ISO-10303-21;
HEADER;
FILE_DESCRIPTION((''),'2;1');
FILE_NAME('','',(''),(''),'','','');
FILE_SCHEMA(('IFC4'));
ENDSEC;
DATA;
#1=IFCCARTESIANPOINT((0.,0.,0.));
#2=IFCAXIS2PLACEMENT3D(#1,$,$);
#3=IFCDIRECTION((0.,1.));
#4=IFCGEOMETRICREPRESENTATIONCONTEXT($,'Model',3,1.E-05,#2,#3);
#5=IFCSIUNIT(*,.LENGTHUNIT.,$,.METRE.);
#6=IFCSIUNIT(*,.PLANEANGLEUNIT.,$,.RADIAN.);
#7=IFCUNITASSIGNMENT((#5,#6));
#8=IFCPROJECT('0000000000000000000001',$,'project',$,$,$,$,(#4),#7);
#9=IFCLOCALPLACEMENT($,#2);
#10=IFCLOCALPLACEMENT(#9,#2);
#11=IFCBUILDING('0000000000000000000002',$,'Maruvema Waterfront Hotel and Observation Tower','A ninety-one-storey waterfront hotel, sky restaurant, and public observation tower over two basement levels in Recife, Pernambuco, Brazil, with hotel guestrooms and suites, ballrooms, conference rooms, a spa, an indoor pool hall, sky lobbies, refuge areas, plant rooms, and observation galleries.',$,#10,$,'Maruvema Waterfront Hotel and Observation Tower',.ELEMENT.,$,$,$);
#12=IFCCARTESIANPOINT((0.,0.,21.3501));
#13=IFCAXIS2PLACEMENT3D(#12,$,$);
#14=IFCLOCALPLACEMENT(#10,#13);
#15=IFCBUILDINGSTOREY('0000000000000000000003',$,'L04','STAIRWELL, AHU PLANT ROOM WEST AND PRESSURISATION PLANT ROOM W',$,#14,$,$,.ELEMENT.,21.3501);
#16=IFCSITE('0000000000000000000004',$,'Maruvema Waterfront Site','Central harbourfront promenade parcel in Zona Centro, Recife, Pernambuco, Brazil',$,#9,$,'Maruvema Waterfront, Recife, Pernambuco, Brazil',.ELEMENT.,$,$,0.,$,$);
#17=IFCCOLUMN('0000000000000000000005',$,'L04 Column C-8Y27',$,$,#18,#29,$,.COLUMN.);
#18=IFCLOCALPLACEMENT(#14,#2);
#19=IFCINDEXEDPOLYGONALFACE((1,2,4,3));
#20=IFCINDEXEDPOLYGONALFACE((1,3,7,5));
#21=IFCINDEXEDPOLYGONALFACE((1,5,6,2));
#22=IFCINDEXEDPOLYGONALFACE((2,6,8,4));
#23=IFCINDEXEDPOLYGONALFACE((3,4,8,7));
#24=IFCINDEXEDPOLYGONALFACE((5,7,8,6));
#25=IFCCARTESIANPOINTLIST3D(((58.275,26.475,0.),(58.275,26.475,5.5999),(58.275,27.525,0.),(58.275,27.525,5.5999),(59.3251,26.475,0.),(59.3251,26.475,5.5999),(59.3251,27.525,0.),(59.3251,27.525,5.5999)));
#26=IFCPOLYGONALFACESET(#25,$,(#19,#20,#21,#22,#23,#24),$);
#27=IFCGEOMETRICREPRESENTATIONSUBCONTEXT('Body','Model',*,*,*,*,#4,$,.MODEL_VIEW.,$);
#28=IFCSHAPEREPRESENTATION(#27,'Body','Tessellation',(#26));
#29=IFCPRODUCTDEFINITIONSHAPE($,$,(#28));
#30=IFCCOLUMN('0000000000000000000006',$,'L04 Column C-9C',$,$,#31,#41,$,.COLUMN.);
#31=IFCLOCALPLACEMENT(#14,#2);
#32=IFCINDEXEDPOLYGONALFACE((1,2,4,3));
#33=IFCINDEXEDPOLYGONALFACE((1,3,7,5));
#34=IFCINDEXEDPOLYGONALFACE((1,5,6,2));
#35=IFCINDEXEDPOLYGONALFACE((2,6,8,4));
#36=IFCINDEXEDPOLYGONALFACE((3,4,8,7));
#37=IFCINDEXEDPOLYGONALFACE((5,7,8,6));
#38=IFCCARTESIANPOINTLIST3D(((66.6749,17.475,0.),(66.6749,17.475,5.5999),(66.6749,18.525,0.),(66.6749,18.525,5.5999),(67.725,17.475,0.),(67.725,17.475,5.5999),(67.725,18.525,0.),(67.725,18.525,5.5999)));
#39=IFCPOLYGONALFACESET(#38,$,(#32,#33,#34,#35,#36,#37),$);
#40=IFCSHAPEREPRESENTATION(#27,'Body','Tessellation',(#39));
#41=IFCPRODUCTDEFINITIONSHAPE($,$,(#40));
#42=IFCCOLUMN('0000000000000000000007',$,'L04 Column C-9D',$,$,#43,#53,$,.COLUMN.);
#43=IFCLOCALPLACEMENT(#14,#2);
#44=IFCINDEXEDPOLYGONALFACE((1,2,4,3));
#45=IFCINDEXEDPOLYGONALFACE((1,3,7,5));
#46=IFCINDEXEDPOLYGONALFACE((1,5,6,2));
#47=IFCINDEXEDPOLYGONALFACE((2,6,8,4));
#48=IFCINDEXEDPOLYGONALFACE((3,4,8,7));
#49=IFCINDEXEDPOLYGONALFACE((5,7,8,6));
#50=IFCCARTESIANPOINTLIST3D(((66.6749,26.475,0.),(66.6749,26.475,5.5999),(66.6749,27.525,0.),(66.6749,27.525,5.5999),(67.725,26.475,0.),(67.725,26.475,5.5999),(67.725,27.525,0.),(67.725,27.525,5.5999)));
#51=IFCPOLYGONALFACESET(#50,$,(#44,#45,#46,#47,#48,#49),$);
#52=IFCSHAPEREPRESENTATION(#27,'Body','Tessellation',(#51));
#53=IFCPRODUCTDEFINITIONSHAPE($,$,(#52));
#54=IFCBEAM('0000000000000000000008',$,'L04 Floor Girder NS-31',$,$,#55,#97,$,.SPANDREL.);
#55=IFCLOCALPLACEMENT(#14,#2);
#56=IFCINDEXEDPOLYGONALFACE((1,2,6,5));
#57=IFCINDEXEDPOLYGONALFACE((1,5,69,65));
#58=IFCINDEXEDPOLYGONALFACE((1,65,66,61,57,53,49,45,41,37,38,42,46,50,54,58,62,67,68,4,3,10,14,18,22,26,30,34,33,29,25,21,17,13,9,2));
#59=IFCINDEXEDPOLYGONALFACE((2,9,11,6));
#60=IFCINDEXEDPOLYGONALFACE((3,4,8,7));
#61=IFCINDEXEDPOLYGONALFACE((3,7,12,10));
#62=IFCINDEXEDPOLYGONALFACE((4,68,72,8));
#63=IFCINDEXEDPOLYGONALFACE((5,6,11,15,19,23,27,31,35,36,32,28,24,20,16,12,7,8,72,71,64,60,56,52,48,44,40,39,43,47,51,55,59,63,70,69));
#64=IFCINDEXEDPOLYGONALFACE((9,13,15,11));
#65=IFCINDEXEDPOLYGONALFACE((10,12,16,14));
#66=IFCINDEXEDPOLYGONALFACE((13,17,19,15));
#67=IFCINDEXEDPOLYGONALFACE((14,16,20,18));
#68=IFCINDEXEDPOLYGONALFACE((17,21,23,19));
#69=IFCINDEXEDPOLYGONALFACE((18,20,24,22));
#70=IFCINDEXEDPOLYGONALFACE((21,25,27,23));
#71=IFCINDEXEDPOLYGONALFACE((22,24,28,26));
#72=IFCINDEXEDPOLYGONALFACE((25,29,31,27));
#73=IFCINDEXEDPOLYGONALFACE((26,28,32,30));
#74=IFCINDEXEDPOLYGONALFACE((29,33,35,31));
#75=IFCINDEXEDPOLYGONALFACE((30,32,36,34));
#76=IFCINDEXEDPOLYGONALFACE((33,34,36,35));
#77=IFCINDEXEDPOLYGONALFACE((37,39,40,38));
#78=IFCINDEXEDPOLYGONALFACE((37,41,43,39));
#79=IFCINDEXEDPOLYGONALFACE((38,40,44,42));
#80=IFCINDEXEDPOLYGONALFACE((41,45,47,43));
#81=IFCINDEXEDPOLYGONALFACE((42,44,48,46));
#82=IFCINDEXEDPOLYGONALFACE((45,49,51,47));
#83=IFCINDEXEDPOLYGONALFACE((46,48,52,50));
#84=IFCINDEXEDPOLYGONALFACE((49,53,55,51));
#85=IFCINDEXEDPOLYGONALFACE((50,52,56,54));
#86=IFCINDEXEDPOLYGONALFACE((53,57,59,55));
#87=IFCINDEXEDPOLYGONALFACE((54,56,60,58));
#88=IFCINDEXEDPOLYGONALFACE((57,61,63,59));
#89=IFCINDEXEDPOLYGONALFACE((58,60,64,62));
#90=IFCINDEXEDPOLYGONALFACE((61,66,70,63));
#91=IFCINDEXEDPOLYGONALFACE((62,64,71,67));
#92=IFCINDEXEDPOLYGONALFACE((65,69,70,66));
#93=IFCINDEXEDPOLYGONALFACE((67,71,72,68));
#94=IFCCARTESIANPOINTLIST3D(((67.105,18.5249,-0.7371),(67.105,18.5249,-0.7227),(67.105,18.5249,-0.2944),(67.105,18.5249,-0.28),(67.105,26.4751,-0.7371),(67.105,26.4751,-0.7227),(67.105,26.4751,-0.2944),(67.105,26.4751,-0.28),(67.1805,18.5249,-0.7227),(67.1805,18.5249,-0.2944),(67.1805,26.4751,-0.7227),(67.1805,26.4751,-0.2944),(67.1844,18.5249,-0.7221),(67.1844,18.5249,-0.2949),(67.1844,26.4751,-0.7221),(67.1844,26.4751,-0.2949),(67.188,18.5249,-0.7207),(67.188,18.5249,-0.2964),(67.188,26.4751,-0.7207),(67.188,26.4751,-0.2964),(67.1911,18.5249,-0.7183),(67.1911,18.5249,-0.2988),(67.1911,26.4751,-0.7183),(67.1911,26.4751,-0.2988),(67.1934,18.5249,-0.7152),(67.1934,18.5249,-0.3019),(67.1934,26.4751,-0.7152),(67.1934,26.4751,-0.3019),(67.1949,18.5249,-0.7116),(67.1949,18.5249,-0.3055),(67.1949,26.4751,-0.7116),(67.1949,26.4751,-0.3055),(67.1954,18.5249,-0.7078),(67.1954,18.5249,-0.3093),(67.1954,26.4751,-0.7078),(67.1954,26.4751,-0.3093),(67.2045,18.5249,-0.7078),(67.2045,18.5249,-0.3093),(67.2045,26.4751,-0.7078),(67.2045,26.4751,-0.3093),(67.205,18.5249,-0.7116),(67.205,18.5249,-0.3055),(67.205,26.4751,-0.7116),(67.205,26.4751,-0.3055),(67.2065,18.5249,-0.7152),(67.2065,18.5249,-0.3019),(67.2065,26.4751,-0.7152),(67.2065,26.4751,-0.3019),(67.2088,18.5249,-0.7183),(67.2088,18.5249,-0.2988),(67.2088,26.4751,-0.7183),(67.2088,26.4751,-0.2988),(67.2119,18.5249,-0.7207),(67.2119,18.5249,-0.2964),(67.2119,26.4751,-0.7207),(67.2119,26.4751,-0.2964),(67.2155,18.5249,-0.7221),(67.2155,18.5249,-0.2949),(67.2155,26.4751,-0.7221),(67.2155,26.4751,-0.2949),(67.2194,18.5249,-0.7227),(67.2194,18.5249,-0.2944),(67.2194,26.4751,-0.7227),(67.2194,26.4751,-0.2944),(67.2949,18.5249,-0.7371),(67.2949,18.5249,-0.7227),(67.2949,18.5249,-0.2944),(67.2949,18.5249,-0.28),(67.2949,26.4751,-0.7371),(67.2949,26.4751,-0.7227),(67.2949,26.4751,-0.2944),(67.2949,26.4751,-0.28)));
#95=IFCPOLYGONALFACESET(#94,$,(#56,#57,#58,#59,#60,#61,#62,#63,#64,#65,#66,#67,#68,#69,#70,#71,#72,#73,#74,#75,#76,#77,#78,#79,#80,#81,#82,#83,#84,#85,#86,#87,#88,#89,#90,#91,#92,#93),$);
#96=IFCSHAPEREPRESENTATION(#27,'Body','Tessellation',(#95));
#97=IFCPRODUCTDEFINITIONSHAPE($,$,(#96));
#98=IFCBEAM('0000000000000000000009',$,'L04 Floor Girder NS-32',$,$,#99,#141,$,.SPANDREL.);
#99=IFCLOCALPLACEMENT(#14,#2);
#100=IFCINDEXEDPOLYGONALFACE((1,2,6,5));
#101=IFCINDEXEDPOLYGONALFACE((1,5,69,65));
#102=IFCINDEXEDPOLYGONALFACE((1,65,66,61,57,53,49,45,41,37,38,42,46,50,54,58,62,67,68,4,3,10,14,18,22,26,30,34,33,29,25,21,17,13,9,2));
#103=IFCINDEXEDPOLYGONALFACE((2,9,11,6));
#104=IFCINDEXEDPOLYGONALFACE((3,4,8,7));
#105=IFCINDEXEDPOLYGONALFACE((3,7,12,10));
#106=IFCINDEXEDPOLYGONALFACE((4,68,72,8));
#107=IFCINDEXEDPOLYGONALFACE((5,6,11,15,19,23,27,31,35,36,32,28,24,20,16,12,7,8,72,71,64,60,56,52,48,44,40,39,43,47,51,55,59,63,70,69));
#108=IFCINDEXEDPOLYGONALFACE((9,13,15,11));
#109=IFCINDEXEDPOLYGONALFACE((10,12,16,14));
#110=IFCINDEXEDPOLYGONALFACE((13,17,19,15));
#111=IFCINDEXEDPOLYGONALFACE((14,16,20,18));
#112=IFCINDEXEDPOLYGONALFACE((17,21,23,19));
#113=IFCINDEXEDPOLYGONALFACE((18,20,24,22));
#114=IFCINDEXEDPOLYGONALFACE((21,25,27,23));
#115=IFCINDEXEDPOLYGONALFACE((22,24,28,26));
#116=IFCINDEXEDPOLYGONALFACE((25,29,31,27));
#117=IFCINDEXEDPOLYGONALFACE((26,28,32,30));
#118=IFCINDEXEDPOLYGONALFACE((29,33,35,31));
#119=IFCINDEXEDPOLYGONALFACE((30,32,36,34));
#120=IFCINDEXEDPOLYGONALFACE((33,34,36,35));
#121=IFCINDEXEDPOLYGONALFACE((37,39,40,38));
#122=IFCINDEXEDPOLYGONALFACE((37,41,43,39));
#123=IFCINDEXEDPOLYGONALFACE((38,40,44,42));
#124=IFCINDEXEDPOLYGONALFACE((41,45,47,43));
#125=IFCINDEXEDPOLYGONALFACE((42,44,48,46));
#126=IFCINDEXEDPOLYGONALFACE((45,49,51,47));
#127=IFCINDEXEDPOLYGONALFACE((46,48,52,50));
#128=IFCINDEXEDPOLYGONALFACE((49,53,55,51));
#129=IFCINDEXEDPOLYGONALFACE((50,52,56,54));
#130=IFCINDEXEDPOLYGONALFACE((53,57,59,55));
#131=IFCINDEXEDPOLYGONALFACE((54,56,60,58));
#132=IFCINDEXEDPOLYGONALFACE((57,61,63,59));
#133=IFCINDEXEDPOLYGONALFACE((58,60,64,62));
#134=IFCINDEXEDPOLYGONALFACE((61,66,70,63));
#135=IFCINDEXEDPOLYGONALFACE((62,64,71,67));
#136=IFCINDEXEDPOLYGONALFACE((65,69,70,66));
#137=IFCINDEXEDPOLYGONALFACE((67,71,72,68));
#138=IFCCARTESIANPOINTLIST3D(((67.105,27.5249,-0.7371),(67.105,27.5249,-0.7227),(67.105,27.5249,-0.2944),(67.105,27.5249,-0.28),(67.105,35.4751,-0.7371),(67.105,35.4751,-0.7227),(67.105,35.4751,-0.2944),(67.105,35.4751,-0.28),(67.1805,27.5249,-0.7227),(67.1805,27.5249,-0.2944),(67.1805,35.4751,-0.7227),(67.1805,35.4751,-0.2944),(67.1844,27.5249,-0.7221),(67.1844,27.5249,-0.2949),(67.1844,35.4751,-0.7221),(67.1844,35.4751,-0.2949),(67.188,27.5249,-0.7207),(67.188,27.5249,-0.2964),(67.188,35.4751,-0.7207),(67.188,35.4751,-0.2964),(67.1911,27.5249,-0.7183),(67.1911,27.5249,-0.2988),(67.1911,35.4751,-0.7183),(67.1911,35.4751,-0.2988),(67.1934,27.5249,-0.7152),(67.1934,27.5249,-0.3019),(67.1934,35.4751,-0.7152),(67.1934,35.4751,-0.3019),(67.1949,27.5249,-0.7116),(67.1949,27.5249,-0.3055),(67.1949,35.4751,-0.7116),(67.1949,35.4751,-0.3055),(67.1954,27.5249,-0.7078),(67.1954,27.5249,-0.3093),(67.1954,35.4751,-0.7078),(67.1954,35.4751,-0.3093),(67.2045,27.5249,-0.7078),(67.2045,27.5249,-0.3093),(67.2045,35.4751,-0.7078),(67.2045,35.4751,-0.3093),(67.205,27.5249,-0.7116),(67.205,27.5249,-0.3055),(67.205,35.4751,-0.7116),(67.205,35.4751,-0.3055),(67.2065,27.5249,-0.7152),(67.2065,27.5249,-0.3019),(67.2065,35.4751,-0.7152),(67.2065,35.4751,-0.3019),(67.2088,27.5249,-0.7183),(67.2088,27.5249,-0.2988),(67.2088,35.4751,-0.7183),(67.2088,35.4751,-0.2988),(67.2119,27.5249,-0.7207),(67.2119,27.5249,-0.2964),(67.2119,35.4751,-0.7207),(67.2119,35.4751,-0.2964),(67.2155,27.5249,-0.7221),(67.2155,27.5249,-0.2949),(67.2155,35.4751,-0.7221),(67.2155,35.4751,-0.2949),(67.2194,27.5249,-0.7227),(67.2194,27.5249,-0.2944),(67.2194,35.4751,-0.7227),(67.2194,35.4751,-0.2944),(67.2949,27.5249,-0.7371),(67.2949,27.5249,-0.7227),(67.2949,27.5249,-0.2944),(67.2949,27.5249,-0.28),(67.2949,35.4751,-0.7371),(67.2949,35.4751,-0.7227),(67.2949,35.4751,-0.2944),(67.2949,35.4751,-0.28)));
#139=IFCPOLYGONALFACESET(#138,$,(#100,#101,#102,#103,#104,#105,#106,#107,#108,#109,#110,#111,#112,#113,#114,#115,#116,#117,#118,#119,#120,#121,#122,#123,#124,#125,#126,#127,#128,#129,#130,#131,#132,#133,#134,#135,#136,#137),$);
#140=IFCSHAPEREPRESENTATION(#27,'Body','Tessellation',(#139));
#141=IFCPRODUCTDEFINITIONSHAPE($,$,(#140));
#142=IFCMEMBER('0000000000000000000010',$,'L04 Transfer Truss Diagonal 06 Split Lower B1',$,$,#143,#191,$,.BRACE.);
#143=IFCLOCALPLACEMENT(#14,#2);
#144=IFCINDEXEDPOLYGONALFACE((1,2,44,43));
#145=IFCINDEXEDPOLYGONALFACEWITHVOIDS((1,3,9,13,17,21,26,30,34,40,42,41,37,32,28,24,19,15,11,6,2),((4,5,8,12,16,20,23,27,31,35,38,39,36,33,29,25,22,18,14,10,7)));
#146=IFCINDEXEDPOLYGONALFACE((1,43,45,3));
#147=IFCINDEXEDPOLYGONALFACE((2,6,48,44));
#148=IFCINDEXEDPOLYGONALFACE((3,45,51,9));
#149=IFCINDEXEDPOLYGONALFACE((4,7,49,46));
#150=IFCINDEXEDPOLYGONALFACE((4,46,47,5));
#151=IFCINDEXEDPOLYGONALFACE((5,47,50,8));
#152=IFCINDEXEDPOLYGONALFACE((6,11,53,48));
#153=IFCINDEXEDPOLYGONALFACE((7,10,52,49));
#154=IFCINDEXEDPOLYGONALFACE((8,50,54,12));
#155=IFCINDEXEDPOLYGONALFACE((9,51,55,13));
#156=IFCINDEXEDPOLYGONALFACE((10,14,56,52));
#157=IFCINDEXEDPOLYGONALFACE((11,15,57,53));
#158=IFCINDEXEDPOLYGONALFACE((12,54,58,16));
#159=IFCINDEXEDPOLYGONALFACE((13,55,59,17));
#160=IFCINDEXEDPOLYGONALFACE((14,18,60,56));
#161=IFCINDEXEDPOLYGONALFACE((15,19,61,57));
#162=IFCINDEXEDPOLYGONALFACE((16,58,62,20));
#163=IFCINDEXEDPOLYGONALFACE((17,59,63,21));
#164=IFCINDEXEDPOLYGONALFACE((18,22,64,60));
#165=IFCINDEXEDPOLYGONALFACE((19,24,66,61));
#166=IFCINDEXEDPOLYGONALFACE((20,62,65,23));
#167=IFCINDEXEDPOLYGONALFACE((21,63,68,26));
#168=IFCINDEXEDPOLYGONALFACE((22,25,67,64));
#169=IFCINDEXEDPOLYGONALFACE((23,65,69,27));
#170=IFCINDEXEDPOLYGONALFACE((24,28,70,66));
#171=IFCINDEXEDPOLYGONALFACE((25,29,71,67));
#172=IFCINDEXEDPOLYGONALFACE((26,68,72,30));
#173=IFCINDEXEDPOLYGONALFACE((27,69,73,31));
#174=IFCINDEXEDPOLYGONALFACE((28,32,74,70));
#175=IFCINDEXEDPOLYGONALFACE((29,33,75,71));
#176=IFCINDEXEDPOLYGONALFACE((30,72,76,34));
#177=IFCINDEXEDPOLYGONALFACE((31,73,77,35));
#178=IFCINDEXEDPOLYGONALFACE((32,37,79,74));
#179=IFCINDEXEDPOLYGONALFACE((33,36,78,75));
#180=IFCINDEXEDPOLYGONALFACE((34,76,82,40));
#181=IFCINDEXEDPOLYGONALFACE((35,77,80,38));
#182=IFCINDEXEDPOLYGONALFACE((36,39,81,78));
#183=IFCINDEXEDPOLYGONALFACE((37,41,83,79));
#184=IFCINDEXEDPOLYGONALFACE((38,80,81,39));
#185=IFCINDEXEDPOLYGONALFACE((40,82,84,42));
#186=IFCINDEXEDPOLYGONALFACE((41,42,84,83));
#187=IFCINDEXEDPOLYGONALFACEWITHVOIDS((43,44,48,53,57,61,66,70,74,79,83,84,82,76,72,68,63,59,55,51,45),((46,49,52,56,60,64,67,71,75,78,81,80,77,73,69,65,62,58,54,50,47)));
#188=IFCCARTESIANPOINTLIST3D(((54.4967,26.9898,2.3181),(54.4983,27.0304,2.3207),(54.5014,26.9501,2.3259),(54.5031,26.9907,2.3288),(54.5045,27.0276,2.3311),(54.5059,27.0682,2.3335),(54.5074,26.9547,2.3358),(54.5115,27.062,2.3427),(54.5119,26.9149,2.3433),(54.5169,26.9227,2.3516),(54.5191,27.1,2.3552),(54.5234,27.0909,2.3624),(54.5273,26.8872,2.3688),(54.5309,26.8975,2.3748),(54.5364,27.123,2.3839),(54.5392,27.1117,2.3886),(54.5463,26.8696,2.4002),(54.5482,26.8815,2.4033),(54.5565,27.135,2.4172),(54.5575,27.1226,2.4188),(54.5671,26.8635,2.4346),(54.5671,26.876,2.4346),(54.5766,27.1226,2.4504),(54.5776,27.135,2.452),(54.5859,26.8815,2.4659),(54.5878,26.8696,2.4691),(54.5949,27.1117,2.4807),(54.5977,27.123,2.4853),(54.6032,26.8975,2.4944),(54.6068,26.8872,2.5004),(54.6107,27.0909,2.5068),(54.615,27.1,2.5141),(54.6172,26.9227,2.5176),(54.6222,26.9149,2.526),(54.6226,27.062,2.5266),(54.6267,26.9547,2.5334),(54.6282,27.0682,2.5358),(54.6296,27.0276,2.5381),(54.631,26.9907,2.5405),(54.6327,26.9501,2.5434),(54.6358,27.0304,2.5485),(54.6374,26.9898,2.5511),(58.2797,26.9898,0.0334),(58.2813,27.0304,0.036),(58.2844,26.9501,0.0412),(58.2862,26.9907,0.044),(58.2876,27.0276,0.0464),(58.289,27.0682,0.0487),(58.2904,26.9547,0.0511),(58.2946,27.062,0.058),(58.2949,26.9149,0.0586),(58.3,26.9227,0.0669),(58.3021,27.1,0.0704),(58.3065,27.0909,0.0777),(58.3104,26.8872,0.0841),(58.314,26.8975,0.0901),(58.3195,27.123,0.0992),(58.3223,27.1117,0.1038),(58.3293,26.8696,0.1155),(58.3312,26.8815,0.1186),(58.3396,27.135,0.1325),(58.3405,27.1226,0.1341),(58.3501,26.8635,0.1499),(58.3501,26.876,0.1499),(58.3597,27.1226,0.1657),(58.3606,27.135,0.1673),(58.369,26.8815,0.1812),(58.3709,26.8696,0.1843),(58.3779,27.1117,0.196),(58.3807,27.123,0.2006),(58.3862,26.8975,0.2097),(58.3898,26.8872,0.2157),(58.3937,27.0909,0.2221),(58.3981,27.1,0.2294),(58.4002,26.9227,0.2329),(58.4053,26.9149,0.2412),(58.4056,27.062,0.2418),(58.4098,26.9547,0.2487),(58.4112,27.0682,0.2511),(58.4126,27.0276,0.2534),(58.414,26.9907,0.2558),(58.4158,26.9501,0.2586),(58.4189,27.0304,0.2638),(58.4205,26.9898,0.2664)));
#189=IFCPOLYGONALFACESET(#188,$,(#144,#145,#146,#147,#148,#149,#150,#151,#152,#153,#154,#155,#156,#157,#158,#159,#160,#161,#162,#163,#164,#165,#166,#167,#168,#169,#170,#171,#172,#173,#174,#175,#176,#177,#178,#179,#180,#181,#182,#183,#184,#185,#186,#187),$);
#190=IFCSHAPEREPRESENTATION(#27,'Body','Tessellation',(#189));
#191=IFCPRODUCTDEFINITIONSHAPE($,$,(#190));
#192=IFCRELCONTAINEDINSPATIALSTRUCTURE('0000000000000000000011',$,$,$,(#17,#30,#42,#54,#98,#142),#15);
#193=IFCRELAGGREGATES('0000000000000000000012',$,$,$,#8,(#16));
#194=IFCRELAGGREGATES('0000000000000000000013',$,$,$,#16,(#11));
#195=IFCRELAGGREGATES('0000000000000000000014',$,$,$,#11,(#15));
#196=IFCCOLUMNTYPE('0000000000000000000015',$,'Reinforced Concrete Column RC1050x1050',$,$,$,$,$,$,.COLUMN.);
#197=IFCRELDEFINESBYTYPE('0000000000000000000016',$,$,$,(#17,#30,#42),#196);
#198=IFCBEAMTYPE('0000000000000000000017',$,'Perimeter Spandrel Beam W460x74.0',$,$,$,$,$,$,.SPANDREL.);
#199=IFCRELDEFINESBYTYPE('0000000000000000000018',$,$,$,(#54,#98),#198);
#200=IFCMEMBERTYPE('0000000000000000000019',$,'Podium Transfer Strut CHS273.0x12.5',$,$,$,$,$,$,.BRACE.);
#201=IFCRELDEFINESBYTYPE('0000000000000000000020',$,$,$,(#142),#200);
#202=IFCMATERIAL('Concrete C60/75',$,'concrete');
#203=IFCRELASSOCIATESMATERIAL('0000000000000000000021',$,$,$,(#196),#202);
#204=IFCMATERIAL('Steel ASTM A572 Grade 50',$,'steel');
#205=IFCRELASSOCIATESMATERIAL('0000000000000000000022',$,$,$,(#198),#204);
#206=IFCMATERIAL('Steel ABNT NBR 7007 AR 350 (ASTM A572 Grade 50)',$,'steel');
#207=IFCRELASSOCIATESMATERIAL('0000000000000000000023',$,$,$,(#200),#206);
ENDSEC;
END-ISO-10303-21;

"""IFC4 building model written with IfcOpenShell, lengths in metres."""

from ifc_helpers import new_model, si_unit, direction, frame, origin, origin_2d, place, context, subcontext, project, spatial, rectangle, hollow_circle, i_section, extrude, material, material_profile, profile_set, type_object, element, save


model = new_model("IFC4")

# Units and contexts
model_context = context("Model", 3, precision=1e-05, world=origin(), true_north=direction((0.0, 1.0)))
body_context = subcontext(model_context, "Body", "Model", "MODEL_VIEW")
ifc_project = project(units=[si_unit("LENGTHUNIT", "METRE"), si_unit("PLANEANGLEUNIT", "RADIAN")], contexts=[model_context])

# Site, building, storey
site_placement = place(None, origin())
site = spatial("IfcSite", under=ifc_project, at=site_placement, Name="Maruvema Waterfront Site", Description="Central harbourfront promenade parcel in Zona Centro, Recife, Pernambuco, Brazil", LongName="Maruvema Waterfront, Recife, Pernambuco, Brazil", CompositionType="ELEMENT", RefElevation=0.0)
building_placement = place(site_placement, origin())
building = spatial("IfcBuilding", under=site, at=building_placement, Name="Maruvema Waterfront Hotel and Observation Tower", Description="A ninety-one-storey waterfront hotel, sky restaurant, and public observation tower over two basement levels in Recife, Pernambuco, Brazil, with hotel guestrooms and suites, ballrooms, conference rooms, a spa, an indoor pool hall, sky lobbies, refuge areas, plant rooms, and observation galleries.", LongName="Maruvema Waterfront Hotel and Observation Tower", CompositionType="ELEMENT")
storey_placement = place(building_placement, frame((0.0, 0.0, 21.3501)))
storey = spatial("IfcBuildingStorey", under=building, at=storey_placement, Name="L04", Description="STAIRWELL, AHU PLANT ROOM WEST AND PRESSURISATION PLANT ROOM W", CompositionType="ELEMENT", Elevation=21.3501)

# Columns
ifc_material_1 = material(Name="Concrete C60/75", Category="concrete")
ifc_material_profile_1 = material_profile(ifc_material_1, rectangle(XDim=1.05, YDim=1.05, at=origin_2d()), Name="RC1050x1050")
ifc_profile_set_1 = profile_set([ifc_material_profile_1], Name="Concrete C60/75")
column_type = type_object("IfcColumnType", Name="Reinforced Concrete Column RC1050x1050", PredefinedType="COLUMN", material=ifc_profile_set_1)
for number, where, z_axis, x_axis, name in (
    (1, (58.8, 27.0, 0.0), (0.0, 0.0, 1.0), (1.0, 0.0, 0.0), "L04 Column C-8Y27"),
    (2, (67.2, 18.0, 0.0), (0.0, 0.0, 1.0), (1.0, 0.0, 0.0), "L04 Column C-9C"),
    (3, (67.2, 27.0, 0.0), (0.0, 0.0, 1.0), (1.0, 0.0, 0.0), "L04 Column C-9D"),
):
    element("IfcColumn", number, at=place(storey_placement, frame(where, z_axis=z_axis, x_axis=x_axis)), inside=storey, type_object=column_type, Name=name, PredefinedType="COLUMN", context=body_context, shape_type="SweptSolid", body=[
        extrude(rectangle(XDim=1.05, YDim=1.05, at=origin_2d()), origin(), (0.0, 0.0, 1.0), 5.5999),
    ])

# Beams
ifc_material_2 = material(Name="Steel ASTM A572 Grade 50", Category="steel")
ifc_material_profile_2 = material_profile(ifc_material_2, i_section(OverallWidth=0.1899, OverallDepth=0.457, WebThickness=0.009, FlangeThickness=0.0144, FilletRadius=0.0149, at=origin_2d()), Name="W460x74.0")
ifc_profile_set_2 = profile_set([ifc_material_profile_2], Name="Steel ASTM A572 Grade 50")
beam_type_1 = type_object("IfcBeamType", Name="Perimeter Spandrel Beam W460x74.0", PredefinedType="SPANDREL", material=ifc_profile_set_2)
for number, where, z_axis, x_axis, name in (
    (4, (67.2, 18.5249, -0.5085), (0.0, 1.0, 0.0), (-1.0, 0.0, 0.0), "L04 Floor Girder NS-31"),
    (5, (67.2, 27.5249, -0.5085), (0.0, 1.0, 0.0), (-1.0, 0.0, 0.0), "L04 Floor Girder NS-32"),
):
    element("IfcBeam", number, at=place(storey_placement, frame(where, z_axis=z_axis, x_axis=x_axis)), inside=storey, type_object=beam_type_1, Name=name, PredefinedType="SPANDREL", context=body_context, shape_type="SweptSolid", body=[
        extrude(i_section(OverallWidth=0.1899, OverallDepth=0.457, WebThickness=0.009, FlangeThickness=0.0144, FilletRadius=0.0149, at=origin_2d()), origin(), (0.0, 0.0, 1.0), 7.9502),
    ])

# Member
ifc_material_3 = material(Name="Steel ABNT NBR 7007 AR 350 (ASTM A572 Grade 50)", Category="steel")
ifc_material_profile_3 = material_profile(ifc_material_3, hollow_circle(Radius=0.1365, WallThickness=0.0125, at=origin_2d()), Name="CHS273.0x12.5")
ifc_profile_set_3 = profile_set([ifc_material_profile_3], Name="Steel ABNT NBR 7007 AR 350 (ASTM A572 Grade 50)")
member_type = type_object("IfcMemberType", Name="Podium Transfer Strut CHS273.0x12.5", PredefinedType="BRACE", material=ifc_profile_set_3)
member_placement = place(storey_placement, frame((58.3501, 27.0, 0.1499), z_axis=(-0.856003, 0.0, 0.516971), x_axis=(0.0, -1.0, 0.0)))
element("IfcMember", 6, at=member_placement, inside=storey, type_object=member_type, Name="L04 Transfer Truss Diagonal 06 Split Lower B1", PredefinedType="BRACE", context=body_context, shape_type="SweptSolid", body=[
    extrude(hollow_circle(Radius=0.1365, WallThickness=0.0125, at=origin_2d()), origin(), (0.0, 0.0, 1.0), 4.4194),
])

save(model, "model.ifc")
